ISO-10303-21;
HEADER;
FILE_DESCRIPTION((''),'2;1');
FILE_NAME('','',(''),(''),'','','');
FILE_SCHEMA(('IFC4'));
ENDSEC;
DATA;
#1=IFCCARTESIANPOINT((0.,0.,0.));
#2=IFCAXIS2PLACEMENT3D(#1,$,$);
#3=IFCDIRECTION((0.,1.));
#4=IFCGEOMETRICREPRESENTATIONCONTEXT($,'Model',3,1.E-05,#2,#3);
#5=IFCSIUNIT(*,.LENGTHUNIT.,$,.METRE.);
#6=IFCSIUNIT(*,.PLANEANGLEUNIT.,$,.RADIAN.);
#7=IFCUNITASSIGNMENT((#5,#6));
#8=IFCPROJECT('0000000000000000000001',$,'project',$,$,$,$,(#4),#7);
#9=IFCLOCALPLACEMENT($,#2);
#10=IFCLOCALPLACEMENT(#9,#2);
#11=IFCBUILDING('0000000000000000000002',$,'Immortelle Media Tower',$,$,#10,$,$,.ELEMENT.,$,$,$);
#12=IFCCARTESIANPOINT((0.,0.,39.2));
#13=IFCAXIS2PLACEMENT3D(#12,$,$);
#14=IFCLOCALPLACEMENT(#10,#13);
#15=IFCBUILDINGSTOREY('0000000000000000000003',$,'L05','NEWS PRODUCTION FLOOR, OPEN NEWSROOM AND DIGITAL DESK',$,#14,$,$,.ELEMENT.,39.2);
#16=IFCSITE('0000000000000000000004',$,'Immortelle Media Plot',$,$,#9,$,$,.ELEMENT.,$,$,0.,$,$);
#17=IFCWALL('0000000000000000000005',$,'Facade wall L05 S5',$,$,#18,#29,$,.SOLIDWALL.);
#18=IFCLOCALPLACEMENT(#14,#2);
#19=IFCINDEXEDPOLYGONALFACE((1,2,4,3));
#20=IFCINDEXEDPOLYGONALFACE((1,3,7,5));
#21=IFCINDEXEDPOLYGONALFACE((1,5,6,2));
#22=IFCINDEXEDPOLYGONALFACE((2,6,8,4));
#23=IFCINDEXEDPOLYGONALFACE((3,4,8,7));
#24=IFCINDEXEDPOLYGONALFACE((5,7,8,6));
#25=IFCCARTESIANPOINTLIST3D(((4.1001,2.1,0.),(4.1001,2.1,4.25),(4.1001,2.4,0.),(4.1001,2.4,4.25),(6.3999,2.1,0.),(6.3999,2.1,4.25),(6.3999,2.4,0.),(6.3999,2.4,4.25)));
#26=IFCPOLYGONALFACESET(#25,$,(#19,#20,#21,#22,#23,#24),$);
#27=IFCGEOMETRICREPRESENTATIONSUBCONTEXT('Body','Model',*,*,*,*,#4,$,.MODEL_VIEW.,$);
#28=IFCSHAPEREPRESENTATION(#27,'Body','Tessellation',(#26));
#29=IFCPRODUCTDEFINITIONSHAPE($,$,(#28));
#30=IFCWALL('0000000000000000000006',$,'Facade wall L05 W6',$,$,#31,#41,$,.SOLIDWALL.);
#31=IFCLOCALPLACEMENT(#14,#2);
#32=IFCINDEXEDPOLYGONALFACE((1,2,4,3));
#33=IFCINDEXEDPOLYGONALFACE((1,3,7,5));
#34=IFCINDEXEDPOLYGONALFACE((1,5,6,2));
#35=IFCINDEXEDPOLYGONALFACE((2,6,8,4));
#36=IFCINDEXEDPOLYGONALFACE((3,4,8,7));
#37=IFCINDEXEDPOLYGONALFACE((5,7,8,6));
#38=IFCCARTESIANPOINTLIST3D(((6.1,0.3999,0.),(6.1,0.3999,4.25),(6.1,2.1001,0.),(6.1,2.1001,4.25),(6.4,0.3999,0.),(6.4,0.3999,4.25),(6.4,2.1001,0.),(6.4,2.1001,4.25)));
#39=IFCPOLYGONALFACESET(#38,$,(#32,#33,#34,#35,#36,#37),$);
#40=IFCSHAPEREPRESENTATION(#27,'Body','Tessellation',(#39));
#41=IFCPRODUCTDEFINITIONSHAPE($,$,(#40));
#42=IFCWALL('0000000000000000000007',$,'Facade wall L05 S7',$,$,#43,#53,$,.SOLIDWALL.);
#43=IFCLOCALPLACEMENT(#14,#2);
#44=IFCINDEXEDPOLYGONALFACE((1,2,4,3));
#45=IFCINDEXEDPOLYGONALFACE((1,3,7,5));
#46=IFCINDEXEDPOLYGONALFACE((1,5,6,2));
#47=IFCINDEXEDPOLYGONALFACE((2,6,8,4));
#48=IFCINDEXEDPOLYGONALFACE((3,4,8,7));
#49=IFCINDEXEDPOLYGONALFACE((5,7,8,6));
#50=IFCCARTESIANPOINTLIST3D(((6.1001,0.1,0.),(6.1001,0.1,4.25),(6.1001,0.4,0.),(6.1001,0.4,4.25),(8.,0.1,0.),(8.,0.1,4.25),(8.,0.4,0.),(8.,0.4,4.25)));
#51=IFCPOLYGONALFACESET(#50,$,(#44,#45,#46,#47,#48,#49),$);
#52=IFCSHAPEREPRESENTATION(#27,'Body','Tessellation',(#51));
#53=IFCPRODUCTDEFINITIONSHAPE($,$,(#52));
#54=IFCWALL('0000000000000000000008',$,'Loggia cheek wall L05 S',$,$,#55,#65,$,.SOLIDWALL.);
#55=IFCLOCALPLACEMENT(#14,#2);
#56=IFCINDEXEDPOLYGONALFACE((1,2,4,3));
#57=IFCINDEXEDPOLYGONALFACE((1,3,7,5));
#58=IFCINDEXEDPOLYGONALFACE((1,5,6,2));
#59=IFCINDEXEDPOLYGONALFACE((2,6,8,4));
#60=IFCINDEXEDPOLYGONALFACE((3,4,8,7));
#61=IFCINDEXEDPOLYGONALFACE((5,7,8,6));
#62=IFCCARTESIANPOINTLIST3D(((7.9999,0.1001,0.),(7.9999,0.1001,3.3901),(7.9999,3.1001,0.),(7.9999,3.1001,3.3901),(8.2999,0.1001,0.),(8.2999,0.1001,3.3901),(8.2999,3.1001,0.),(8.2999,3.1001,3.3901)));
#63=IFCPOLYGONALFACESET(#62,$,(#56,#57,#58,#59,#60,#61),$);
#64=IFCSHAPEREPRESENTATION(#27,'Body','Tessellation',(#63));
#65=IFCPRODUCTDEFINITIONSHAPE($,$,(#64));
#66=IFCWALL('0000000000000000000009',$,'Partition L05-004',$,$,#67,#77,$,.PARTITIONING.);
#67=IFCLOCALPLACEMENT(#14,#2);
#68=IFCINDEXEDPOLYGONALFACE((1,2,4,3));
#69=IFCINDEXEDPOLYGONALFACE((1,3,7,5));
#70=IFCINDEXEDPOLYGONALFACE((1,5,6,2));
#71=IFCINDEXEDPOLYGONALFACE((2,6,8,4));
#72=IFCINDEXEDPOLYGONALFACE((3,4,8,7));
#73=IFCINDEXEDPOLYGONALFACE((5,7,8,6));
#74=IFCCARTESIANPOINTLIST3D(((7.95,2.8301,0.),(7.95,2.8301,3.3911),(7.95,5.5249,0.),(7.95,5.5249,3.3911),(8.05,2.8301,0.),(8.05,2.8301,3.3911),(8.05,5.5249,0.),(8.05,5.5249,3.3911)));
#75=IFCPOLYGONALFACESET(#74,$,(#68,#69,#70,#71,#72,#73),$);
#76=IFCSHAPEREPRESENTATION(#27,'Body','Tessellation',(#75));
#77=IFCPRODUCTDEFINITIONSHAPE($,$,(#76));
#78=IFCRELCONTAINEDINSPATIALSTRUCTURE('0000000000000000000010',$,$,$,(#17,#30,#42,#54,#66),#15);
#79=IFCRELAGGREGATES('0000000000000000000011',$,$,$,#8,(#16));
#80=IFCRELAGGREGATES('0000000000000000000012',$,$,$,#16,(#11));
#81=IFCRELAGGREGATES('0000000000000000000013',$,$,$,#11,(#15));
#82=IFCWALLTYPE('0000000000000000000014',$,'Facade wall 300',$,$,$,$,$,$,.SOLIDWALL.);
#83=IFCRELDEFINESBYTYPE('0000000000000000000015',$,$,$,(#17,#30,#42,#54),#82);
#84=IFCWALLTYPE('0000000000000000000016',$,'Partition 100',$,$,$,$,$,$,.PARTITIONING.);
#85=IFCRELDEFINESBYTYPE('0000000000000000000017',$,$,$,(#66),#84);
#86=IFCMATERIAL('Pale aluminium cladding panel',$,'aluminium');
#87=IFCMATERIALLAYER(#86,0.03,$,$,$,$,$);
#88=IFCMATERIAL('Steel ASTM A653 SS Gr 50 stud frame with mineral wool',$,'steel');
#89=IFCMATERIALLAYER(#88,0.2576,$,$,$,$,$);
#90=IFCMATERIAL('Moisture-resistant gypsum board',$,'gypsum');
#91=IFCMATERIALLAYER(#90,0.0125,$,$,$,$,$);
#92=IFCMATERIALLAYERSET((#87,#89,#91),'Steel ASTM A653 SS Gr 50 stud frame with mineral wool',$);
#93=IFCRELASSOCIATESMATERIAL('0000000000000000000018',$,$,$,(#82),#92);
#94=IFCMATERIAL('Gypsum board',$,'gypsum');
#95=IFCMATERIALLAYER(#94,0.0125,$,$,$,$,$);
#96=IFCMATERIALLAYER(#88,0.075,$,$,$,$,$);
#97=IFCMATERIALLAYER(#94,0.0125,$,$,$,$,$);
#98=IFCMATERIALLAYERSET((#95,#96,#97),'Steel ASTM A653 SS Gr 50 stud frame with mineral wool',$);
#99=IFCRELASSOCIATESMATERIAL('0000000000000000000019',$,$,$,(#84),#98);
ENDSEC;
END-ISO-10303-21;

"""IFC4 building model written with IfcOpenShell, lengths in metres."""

from ifc_helpers import new_model, si_unit, direction, frame, frame_2d, origin, place, context, subcontext, project, spatial, rectangle, extrude, material, layer, layer_set, type_object, element, save


model = new_model("IFC4")

# Units and contexts
model_context = context("Model", 3, precision=1e-05, world=origin(), true_north=direction((0.0, 1.0)))
body_context = subcontext(model_context, "Body", "Model", "MODEL_VIEW")
ifc_project = project(units=[si_unit("LENGTHUNIT", "METRE"), si_unit("PLANEANGLEUNIT", "RADIAN")], contexts=[model_context])

# Site, building, storey
site_placement = place(None, origin())
site = spatial("IfcSite", under=ifc_project, at=site_placement, Name="Immortelle Media Plot", CompositionType="ELEMENT", RefElevation=0.0)
building_placement = place(site_placement, origin())
building = spatial("IfcBuilding", under=site, at=building_placement, Name="Immortelle Media Tower", CompositionType="ELEMENT")
storey_placement = place(building_placement, frame((0.0, 0.0, 39.2)))
storey = spatial("IfcBuildingStorey", under=building, at=storey_placement, Name="L05", Description="NEWS PRODUCTION FLOOR, OPEN NEWSROOM AND DIGITAL DESK", CompositionType="ELEMENT", Elevation=39.2)

# Walls
ifc_material_1 = material(Name="Pale aluminium cladding panel", Category="aluminium")
ifc_layer_1 = layer(ifc_material_1, 0.03)
ifc_material_2 = material(Name="Steel ASTM A653 SS Gr 50 stud frame with mineral wool", Category="steel")
ifc_layer_2 = layer(ifc_material_2, 0.2576)
ifc_material_3 = material(Name="Moisture-resistant gypsum board", Category="gypsum")
ifc_layer_3 = layer(ifc_material_3, 0.0125)
ifc_layer_set_1 = layer_set([ifc_layer_1, ifc_layer_2, ifc_layer_3], Name="Steel ASTM A653 SS Gr 50 stud frame with mineral wool")
wall_type_1 = type_object("IfcWallType", Name="Facade wall 300", PredefinedType="SOLIDWALL", material=ifc_layer_set_1)
wall_1_placement = place(storey_placement, frame((4.1001, 2.25, 0.0), z_axis=(0.0, 0.0, 1.0), x_axis=(1.0, 0.0, 0.0)))
element("IfcWall", 1, at=wall_1_placement, inside=storey, type_object=wall_type_1, Name="Facade wall L05 S5", PredefinedType="SOLIDWALL", context=body_context, shape_type="SweptSolid", body=[
    extrude(rectangle(XDim=2.2998, YDim=0.3, at=frame_2d((1.1499, 0.0))), origin(), (0.0, 0.0, 1.0), 4.25),
])
wall_2_placement = place(storey_placement, frame((6.25, 2.1001, 0.0), z_axis=(0.0, 0.0, 1.0), x_axis=(0.0, -1.0, 0.0)))
element("IfcWall", 2, at=wall_2_placement, inside=storey, type_object=wall_type_1, Name="Facade wall L05 W6", PredefinedType="SOLIDWALL", context=body_context, shape_type="SweptSolid", body=[
    extrude(rectangle(XDim=1.7002, YDim=0.3, at=frame_2d((0.8501, 0.0))), origin(), (0.0, 0.0, 1.0), 4.25),
])
wall_3_placement = place(storey_placement, frame((6.1001, 0.25, 0.0), z_axis=(0.0, 0.0, 1.0), x_axis=(1.0, 0.0, 0.0)))
element("IfcWall", 3, at=wall_3_placement, inside=storey, type_object=wall_type_1, Name="Facade wall L05 S7", PredefinedType="SOLIDWALL", context=body_context, shape_type="SweptSolid", body=[
    extrude(rectangle(XDim=1.8999, YDim=0.3, at=frame_2d((0.95, 0.0))), origin(), (0.0, 0.0, 1.0), 4.25),
])

# Walls
wall_4_placement = place(storey_placement, frame((8.1499, 0.1001, 0.0), z_axis=(0.0, 0.0, 1.0), x_axis=(0.0, 1.0, 0.0)))
element("IfcWall", 4, at=wall_4_placement, inside=storey, type_object=wall_type_1, Name="Loggia cheek wall L05 S", PredefinedType="SOLIDWALL", context=body_context, shape_type="SweptSolid", body=[
    extrude(rectangle(XDim=3.0, YDim=0.3, at=frame_2d((1.5, 0.0))), origin(), (0.0, 0.0, 1.0), 3.3901),
])
ifc_material_4 = material(Name="Gypsum board", Category="gypsum")
ifc_layer_4 = layer(ifc_material_4, 0.0125)
ifc_layer_5 = layer(ifc_material_2, 0.075)
ifc_layer_6 = layer(ifc_material_4, 0.0125)
ifc_layer_set_2 = layer_set([ifc_layer_4, ifc_layer_5, ifc_layer_6], Name="Steel ASTM A653 SS Gr 50 stud frame with mineral wool")
wall_type_2 = type_object("IfcWallType", Name="Partition 100", PredefinedType="PARTITIONING", material=ifc_layer_set_2)
wall_5_placement = place(storey_placement, frame((8.0, 2.8301, 0.0), z_axis=(0.0, 0.0, 1.0), x_axis=(0.0, 1.0, 0.0)))
element("IfcWall", 5, at=wall_5_placement, inside=storey, type_object=wall_type_2, Name="Partition L05-004", PredefinedType="PARTITIONING", context=body_context, shape_type="SweptSolid", body=[
    extrude(rectangle(XDim=2.6948, YDim=0.1001, at=frame_2d((1.3474, 0.0))), origin(), (0.0, 0.0, 1.0), 3.3911),
])

save(model, "model.ifc")
